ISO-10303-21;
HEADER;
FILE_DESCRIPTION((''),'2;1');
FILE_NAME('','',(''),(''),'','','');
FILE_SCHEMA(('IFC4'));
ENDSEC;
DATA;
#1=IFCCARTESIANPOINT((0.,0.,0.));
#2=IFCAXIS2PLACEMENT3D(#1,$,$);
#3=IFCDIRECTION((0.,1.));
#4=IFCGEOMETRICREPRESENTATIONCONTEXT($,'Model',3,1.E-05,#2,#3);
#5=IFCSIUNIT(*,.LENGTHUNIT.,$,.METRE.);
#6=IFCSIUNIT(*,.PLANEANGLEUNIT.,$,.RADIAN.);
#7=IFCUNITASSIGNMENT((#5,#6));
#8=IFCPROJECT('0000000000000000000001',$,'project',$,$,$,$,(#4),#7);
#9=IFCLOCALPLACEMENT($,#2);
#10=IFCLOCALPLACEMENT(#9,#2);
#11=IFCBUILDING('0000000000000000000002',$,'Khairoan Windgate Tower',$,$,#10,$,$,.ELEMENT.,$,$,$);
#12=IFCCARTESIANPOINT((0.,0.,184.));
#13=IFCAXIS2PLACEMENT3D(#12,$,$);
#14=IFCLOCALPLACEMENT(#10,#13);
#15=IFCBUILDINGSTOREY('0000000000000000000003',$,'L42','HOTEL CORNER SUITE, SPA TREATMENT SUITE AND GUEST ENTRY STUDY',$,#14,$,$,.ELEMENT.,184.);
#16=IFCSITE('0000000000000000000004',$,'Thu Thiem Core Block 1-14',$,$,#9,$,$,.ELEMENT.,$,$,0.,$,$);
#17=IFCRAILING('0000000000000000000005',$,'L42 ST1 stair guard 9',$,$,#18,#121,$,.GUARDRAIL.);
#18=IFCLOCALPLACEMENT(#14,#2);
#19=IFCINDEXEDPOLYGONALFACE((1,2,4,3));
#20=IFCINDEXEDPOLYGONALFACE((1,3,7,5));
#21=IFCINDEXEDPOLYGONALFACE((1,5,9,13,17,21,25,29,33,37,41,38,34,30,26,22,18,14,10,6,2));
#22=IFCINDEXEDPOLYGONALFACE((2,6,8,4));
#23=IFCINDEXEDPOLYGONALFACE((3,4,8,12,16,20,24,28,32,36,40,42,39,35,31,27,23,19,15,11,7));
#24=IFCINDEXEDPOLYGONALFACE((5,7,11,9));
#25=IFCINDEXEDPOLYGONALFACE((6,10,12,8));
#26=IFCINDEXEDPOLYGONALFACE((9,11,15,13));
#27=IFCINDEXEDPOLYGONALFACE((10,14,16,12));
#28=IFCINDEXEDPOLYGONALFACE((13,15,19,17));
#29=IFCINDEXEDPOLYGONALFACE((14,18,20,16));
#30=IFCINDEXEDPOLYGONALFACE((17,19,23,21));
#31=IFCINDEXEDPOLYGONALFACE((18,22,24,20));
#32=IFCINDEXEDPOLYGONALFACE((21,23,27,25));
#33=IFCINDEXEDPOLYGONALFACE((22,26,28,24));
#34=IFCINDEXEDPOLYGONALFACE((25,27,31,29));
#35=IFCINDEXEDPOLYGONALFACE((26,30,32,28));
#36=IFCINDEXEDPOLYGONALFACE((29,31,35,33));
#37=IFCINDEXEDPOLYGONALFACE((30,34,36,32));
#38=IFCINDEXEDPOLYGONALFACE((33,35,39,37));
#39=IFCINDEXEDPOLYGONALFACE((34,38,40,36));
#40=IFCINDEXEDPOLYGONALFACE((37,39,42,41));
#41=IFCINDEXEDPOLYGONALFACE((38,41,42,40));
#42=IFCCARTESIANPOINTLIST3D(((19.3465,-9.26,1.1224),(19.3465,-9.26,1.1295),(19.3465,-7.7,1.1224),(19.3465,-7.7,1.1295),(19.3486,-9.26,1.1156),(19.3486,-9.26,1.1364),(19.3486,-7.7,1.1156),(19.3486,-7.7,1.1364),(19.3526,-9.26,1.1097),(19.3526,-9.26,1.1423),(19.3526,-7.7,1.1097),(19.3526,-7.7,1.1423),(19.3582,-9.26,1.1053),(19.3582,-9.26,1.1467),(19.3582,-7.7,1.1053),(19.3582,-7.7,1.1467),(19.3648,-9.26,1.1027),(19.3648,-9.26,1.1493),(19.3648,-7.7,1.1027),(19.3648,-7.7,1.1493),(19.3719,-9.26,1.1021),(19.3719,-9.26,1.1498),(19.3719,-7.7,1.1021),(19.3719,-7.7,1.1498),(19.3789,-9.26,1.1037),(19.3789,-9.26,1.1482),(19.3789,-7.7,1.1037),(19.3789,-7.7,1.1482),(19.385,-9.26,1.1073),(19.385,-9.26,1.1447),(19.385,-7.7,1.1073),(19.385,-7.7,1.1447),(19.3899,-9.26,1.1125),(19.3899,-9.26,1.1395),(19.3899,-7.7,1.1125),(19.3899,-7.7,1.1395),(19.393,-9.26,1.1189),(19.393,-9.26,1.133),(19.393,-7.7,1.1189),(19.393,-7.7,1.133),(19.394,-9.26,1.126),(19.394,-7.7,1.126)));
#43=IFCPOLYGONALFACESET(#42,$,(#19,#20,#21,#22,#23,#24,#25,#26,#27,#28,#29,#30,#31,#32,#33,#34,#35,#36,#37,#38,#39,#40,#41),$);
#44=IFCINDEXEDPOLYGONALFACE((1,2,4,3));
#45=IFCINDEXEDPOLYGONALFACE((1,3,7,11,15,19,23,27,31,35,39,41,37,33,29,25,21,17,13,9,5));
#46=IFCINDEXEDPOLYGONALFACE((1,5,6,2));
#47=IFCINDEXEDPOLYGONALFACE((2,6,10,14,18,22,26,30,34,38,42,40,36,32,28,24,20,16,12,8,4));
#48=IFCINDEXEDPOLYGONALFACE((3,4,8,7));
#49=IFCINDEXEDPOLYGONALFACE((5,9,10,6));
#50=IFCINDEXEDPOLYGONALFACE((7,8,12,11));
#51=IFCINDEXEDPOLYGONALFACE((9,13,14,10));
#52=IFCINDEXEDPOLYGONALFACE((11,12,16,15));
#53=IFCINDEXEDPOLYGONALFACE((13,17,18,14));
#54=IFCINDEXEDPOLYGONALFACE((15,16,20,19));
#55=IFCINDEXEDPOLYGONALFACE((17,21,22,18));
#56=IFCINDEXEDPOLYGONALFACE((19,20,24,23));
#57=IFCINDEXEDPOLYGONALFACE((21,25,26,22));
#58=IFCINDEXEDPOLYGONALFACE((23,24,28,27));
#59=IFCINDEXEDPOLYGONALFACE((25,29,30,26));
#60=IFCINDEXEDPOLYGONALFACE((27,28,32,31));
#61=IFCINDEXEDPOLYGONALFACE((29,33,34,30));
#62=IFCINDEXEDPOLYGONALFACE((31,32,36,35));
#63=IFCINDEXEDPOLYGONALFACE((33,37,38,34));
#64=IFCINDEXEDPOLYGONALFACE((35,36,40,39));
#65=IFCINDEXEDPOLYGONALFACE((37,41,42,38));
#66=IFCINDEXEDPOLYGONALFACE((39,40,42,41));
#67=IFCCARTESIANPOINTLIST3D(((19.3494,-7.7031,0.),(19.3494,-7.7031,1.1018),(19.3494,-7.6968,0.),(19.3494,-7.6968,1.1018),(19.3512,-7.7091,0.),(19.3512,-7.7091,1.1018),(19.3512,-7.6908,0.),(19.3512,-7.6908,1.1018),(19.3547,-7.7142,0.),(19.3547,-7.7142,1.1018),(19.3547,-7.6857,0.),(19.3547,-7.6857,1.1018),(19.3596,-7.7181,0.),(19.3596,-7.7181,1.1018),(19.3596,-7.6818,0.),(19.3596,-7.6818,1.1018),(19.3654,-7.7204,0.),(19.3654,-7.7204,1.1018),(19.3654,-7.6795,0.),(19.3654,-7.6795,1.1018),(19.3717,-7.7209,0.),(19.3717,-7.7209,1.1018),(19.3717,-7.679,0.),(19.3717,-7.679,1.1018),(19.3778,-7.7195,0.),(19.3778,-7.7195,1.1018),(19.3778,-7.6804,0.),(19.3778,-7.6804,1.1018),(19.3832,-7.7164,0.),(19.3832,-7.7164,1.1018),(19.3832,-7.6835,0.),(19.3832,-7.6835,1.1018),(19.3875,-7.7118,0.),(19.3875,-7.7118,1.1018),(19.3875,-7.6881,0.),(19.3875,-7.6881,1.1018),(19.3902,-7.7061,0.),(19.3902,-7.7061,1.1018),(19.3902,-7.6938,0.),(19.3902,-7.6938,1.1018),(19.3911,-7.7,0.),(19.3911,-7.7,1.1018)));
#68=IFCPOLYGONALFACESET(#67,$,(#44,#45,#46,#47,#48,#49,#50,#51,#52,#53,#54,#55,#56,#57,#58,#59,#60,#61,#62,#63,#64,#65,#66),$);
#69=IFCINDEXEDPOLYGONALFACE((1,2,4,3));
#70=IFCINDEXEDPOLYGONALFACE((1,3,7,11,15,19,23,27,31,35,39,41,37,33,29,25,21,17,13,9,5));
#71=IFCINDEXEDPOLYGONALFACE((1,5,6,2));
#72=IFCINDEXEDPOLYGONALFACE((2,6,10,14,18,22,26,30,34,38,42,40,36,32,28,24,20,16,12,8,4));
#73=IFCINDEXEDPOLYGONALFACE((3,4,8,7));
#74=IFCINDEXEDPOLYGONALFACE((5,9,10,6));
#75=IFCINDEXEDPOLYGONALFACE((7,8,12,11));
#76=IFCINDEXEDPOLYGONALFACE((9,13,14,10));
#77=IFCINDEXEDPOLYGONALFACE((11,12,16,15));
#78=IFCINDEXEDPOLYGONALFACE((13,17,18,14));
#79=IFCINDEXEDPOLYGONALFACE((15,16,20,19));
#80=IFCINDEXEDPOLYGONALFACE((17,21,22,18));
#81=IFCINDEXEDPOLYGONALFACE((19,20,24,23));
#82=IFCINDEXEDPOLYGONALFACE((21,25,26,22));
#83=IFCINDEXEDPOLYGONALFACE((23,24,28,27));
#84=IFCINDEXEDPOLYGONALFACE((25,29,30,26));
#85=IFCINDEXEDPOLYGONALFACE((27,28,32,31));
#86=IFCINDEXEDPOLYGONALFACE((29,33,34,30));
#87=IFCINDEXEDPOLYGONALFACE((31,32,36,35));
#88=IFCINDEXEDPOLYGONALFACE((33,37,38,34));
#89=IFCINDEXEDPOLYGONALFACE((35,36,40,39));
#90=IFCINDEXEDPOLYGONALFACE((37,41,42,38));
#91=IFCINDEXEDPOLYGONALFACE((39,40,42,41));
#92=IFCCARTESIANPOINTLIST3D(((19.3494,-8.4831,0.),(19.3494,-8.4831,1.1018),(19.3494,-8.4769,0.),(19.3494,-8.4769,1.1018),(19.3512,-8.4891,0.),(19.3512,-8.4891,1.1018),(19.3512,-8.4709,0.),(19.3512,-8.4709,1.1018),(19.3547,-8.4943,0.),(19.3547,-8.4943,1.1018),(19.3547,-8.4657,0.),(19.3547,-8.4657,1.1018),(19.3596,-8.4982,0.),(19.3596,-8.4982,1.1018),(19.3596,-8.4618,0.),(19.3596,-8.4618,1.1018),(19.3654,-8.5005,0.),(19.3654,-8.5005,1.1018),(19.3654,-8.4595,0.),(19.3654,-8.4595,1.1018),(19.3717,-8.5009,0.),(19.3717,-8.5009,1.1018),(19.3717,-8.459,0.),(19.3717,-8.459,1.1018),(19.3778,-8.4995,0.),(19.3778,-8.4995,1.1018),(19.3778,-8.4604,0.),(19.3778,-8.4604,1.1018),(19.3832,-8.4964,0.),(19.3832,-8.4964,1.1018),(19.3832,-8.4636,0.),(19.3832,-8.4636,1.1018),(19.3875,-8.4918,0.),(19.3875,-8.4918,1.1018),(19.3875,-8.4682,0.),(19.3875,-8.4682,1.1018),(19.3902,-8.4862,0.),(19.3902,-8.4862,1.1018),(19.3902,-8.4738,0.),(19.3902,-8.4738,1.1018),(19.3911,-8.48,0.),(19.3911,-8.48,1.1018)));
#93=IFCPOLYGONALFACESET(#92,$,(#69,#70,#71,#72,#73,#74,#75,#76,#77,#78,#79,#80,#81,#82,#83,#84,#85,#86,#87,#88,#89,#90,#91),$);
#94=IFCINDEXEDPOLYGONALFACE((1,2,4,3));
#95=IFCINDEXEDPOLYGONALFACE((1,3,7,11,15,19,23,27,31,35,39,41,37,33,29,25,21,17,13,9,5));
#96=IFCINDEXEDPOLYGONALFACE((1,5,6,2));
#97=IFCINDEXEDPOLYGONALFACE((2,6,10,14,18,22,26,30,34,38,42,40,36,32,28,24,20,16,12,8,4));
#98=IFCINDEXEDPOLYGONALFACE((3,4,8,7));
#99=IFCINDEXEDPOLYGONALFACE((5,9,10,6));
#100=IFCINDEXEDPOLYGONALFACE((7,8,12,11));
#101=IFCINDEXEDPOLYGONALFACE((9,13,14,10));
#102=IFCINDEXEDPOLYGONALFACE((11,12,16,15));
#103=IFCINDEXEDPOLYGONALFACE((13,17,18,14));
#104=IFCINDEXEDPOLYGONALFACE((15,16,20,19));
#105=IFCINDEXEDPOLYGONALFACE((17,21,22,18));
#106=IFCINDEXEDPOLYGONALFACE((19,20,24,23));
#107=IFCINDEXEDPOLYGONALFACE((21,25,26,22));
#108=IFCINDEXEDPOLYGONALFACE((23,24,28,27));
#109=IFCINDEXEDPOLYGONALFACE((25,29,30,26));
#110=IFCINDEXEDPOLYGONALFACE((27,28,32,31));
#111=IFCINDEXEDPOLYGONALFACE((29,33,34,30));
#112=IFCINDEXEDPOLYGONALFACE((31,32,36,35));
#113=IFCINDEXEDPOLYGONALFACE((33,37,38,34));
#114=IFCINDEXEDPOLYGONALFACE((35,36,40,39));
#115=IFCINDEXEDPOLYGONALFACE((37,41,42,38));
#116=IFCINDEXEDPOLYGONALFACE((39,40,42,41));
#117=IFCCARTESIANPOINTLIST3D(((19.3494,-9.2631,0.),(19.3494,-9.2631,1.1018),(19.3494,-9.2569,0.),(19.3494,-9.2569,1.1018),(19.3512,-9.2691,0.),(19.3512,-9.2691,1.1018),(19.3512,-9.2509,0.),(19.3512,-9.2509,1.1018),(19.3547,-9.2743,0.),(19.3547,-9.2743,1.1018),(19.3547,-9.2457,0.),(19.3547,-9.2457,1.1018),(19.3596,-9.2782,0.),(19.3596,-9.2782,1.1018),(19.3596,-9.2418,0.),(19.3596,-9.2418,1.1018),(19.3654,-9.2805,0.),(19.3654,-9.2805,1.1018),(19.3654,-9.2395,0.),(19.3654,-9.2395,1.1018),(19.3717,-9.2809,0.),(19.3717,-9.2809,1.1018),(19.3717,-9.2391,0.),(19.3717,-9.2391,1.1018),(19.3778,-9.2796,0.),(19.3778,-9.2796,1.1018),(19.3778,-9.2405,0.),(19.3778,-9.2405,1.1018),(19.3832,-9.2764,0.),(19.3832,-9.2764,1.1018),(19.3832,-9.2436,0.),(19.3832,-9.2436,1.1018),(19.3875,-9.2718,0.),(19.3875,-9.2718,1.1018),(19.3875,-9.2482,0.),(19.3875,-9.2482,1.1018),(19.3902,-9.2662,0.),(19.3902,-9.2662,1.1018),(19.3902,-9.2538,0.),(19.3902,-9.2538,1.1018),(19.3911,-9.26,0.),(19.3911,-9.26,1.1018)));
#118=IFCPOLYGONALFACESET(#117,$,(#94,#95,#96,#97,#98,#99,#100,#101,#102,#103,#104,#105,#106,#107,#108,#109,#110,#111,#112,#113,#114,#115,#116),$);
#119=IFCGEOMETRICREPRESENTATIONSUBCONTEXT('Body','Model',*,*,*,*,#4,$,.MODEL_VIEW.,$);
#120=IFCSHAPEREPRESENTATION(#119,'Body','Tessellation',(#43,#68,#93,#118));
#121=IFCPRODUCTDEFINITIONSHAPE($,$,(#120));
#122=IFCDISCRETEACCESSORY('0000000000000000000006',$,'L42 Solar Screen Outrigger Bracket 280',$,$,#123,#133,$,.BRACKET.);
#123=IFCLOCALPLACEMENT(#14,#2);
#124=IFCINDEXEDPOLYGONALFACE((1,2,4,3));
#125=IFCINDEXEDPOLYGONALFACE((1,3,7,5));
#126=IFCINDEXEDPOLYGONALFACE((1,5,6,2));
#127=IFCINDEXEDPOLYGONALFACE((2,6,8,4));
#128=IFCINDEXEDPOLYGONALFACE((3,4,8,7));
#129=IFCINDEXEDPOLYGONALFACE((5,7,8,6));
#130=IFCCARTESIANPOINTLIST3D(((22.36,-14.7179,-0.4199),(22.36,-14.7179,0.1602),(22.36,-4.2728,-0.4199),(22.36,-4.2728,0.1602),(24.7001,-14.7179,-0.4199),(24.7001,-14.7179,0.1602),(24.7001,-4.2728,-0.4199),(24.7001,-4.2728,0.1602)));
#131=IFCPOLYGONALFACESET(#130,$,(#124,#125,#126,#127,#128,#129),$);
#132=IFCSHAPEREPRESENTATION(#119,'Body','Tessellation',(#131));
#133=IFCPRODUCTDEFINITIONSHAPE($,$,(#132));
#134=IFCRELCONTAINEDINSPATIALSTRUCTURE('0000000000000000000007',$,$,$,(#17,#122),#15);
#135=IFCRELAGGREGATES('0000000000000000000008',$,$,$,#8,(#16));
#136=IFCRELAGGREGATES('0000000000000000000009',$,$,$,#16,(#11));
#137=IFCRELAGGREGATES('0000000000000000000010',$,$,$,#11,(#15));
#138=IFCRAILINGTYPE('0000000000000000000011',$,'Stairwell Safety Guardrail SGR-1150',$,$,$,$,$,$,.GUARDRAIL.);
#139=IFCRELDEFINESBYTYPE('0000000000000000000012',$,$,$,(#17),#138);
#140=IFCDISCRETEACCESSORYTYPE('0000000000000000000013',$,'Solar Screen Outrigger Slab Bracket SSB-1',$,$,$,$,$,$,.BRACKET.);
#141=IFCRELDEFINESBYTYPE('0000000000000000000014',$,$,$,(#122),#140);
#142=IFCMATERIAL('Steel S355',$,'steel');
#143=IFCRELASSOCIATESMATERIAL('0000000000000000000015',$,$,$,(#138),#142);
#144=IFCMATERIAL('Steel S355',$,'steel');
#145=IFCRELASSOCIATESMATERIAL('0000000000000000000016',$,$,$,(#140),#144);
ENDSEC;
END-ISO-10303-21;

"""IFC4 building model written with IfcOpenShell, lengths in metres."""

from ifc_helpers import new_model, si_unit, direction, frame, origin, origin_2d, place, context, subcontext, project, spatial, rectangle, circle, extrude, material, type_object, element, save


model = new_model("IFC4")

# Units and contexts
model_context = context("Model", 3, precision=1e-05, world=origin(), true_north=direction((0.0, 1.0)))
body_context = subcontext(model_context, "Body", "Model", "MODEL_VIEW")
ifc_project = project(units=[si_unit("LENGTHUNIT", "METRE"), si_unit("PLANEANGLEUNIT", "RADIAN")], contexts=[model_context])

# Site, building, storey
site_placement = place(None, origin())
site = spatial("IfcSite", under=ifc_project, at=site_placement, Name="Thu Thiem Core Block 1-14", CompositionType="ELEMENT", RefElevation=0.0)
building_placement = place(site_placement, origin())
building = spatial("IfcBuilding", under=site, at=building_placement, Name="Khairoan Windgate Tower", CompositionType="ELEMENT")
storey_placement = place(building_placement, frame((0.0, 0.0, 184.0)))
storey = spatial("IfcBuildingStorey", under=building, at=storey_placement, Name="L42", Description="HOTEL CORNER SUITE, SPA TREATMENT SUITE AND GUEST ENTRY STUDY", CompositionType="ELEMENT", Elevation=184.0)

# Railing
ifc_material_1 = material(Name="Steel S355", Category="steel")
railing_type_1 = type_object("IfcRailingType", Name="Stairwell Safety Guardrail SGR-1150", PredefinedType="GUARDRAIL", material=ifc_material_1)
for number, where, name in (
    (1, (19.3701, -7.7, 0.0), "L42 ST1 stair guard 9"),
):
    element("IfcRailing", number, at=place(storey_placement, frame(where)), inside=storey, type_object=railing_type_1, Name=name, PredefinedType="GUARDRAIL", context=body_context, shape_type="SweptSolid", body=[
        extrude(circle(Radius=0.0239, at=origin_2d()), frame((0.0, 0.0, 1.126), z_axis=(0.0, -1.0, 0.0), x_axis=(1.0, 0.0, 0.0)), (0.0, 0.0, 1.0), 1.5601),
        extrude(circle(Radius=0.021, at=origin_2d()), origin(), (0.0, 0.0, 1.0), 1.1018),
        extrude(circle(Radius=0.021, at=origin_2d()), frame((0.0, -0.78, 0.0)), (0.0, 0.0, 1.0), 1.1018),
        extrude(circle(Radius=0.021, at=origin_2d()), frame((0.0, -1.5601, 0.0)), (0.0, 0.0, 1.0), 1.1018),
    ])

# Discrete accessory
ifc_material_2 = material(Name="Steel S355", Category="steel")
discrete_accessory_type = type_object("IfcDiscreteAccessoryType", Name="Solar Screen Outrigger Slab Bracket SSB-1", PredefinedType="BRACKET", material=ifc_material_2)
discrete_accessory_placement = place(storey_placement, frame((23.53, -9.4954, -0.4199), z_axis=(0.0, 0.0, 1.0), x_axis=(0.0, -1.0, 0.0)))
element("IfcDiscreteAccessory", 2, at=discrete_accessory_placement, inside=storey, type_object=discrete_accessory_type, Name="L42 Solar Screen Outrigger Bracket 280", PredefinedType="BRACKET", context=body_context, shape_type="SweptSolid", body=[
    extrude(rectangle(XDim=10.4451, YDim=2.3401, at=origin_2d()), origin(), (0.0, 0.0, 1.0), 0.5801),
])

save(model, "model.ifc")
